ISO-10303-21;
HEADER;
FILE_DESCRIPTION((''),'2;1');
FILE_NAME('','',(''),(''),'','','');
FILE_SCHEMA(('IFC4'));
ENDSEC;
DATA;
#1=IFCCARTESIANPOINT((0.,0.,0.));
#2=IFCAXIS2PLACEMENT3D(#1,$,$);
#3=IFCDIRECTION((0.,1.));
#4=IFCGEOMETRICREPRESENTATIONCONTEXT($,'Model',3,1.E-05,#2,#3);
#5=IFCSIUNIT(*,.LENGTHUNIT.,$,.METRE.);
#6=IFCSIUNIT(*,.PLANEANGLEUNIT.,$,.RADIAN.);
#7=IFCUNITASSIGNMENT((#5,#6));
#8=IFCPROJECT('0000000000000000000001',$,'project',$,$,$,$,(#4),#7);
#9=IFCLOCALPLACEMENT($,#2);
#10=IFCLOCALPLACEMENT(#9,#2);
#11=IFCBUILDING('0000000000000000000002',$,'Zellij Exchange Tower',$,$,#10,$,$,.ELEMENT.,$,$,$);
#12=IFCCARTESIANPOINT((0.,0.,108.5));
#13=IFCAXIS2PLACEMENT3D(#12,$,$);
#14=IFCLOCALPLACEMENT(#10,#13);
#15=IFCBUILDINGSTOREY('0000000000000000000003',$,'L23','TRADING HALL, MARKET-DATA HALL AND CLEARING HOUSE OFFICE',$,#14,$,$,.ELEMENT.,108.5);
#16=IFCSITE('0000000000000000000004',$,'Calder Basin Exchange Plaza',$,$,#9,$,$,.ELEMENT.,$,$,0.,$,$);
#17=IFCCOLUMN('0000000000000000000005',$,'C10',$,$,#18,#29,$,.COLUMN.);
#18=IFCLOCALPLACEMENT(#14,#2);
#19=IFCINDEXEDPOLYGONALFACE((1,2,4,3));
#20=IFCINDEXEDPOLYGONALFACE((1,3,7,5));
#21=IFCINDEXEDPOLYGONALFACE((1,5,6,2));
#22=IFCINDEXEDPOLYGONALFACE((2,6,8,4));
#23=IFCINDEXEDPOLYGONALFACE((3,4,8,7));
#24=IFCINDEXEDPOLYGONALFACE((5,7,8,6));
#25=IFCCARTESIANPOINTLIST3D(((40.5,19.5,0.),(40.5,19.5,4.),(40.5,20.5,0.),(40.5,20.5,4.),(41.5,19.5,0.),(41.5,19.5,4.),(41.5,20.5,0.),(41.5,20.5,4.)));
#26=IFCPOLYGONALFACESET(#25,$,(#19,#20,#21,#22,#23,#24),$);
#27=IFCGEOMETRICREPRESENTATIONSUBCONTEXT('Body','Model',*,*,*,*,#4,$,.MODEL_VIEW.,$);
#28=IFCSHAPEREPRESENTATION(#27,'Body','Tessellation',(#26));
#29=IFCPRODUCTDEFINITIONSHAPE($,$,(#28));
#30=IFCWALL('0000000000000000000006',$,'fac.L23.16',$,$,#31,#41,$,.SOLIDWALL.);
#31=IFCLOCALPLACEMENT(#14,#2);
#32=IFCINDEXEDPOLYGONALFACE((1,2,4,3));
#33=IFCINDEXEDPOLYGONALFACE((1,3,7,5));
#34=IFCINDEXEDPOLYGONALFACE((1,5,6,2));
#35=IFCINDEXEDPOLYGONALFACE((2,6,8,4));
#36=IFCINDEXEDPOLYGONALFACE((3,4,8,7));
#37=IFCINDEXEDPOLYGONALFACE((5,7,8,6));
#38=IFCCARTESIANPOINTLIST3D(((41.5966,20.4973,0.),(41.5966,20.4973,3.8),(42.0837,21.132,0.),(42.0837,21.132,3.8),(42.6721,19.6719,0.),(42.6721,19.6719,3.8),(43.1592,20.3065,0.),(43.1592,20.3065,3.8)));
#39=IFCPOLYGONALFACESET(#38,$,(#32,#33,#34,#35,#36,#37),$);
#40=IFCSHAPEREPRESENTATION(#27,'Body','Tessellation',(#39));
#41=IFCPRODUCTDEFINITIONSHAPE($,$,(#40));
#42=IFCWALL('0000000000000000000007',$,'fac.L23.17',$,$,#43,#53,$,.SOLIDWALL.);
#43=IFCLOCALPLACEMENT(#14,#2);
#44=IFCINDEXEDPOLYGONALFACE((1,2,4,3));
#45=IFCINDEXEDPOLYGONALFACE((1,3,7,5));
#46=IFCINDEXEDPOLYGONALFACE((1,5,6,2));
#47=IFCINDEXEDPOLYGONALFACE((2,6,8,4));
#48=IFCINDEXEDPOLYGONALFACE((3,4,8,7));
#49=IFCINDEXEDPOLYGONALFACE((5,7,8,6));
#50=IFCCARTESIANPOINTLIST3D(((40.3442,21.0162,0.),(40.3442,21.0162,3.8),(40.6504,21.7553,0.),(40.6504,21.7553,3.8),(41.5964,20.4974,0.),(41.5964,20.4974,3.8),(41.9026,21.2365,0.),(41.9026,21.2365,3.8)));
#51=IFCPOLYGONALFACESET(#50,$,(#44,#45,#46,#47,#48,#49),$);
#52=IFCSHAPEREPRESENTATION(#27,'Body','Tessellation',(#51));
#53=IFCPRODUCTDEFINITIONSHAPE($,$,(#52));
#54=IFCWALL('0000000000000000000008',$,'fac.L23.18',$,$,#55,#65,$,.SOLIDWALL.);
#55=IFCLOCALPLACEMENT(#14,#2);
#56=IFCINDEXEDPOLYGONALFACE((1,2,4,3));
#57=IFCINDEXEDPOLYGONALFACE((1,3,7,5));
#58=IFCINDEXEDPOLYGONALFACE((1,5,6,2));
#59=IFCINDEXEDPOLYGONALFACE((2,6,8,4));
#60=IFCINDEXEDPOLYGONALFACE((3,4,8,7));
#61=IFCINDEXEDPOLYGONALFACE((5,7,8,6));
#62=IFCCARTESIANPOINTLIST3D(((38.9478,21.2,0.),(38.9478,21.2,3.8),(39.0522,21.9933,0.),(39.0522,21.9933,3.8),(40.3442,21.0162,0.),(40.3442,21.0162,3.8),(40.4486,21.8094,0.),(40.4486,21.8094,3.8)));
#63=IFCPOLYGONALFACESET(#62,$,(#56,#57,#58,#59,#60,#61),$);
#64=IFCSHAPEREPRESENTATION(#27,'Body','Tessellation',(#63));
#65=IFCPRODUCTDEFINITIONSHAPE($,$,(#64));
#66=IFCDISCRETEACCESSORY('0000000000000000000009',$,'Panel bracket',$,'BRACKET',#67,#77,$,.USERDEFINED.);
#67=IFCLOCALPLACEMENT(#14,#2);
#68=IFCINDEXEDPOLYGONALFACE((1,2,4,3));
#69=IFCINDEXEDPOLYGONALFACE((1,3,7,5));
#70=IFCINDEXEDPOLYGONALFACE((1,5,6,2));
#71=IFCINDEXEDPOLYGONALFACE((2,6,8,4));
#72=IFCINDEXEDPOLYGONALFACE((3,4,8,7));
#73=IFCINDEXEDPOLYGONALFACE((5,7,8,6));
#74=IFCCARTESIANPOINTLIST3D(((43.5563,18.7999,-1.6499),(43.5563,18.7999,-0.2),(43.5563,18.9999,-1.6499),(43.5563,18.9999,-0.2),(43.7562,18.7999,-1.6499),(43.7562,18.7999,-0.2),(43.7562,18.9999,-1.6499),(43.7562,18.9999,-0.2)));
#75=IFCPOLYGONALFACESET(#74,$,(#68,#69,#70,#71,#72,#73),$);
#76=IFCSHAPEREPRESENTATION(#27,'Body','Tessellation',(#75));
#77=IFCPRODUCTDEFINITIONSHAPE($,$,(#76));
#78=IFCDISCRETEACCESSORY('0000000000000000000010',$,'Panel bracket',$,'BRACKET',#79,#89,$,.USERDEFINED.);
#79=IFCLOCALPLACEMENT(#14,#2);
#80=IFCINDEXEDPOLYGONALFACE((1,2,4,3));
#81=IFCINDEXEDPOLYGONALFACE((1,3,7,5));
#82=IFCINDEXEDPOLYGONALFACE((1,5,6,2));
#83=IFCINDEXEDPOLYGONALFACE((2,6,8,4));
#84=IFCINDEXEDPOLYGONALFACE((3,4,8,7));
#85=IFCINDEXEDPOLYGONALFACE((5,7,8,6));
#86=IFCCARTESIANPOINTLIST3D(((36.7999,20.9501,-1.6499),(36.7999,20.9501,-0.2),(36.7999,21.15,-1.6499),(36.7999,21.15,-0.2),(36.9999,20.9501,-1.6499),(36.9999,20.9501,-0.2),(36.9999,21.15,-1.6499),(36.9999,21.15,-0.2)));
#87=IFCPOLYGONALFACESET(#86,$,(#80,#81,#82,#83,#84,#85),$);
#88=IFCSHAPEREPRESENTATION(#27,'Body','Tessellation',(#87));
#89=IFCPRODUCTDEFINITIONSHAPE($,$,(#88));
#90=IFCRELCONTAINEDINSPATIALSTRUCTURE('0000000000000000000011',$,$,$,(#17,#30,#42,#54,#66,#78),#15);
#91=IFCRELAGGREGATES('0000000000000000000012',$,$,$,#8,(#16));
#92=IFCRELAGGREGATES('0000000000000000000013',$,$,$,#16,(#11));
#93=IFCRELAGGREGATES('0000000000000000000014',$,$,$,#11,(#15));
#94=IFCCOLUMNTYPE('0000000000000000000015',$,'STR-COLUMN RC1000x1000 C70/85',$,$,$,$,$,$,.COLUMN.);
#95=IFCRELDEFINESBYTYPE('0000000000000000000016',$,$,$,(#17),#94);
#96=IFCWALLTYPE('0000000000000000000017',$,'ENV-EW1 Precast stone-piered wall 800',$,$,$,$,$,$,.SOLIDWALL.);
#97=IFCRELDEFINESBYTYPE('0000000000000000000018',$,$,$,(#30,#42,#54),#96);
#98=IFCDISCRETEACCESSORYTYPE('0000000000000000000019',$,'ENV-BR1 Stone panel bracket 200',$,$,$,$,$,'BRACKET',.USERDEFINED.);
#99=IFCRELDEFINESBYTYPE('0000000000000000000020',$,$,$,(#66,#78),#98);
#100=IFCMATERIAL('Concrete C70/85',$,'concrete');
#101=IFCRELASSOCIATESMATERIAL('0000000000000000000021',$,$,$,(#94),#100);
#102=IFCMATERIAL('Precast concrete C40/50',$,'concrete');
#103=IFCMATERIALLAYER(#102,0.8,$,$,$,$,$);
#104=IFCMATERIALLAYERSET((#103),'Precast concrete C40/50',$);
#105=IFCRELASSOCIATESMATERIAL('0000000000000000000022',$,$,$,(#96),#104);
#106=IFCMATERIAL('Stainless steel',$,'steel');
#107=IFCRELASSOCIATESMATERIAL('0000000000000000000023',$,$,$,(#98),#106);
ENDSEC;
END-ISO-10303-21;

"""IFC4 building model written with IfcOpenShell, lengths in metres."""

from ifc_helpers import new_model, si_unit, direction, frame, frame_2d, origin, origin_2d, place, context, subcontext, project, spatial, rectangle, extrude, material, layer, layer_set, material_profile, profile_set, type_object, element, save


model = new_model("IFC4")

# Units and contexts
model_context = context("Model", 3, precision=1e-05, world=origin(), true_north=direction((0.0, 1.0)))
body_context = subcontext(model_context, "Body", "Model", "MODEL_VIEW")
ifc_project = project(units=[si_unit("LENGTHUNIT", "METRE"), si_unit("PLANEANGLEUNIT", "RADIAN")], contexts=[model_context])

# Site, building, storey
site_placement = place(None, origin())
site = spatial("IfcSite", under=ifc_project, at=site_placement, Name="Calder Basin Exchange Plaza", CompositionType="ELEMENT", RefElevation=0.0)
building_placement = place(site_placement, origin())
building = spatial("IfcBuilding", under=site, at=building_placement, Name="Zellij Exchange Tower", CompositionType="ELEMENT")
storey_placement = place(building_placement, frame((0.0, 0.0, 108.5)))
storey = spatial("IfcBuildingStorey", under=building, at=storey_placement, Name="L23", Description="TRADING HALL, MARKET-DATA HALL AND CLEARING HOUSE OFFICE", CompositionType="ELEMENT", Elevation=108.5)

# Column
ifc_material_1 = material(Name="Concrete C70/85", Category="concrete")
ifc_material_profile = material_profile(ifc_material_1, rectangle(XDim=1.0, YDim=1.0, at=origin_2d()), Name="STR-COLUMN RC1000x1000 C70/85")
ifc_profile_set = profile_set([ifc_material_profile], Name="Concrete C70/85")
column_type = type_object("IfcColumnType", Name="STR-COLUMN RC1000x1000 C70/85", PredefinedType="COLUMN", material=ifc_profile_set)
column_placement = place(storey_placement, frame((41.0, 20.0, 0.0), z_axis=(0.0, 0.0, 1.0), x_axis=(1.0, 0.0, 0.0)))
element("IfcColumn", 1, at=column_placement, inside=storey, type_object=column_type, Name="C10", PredefinedType="COLUMN", context=body_context, shape_type="SweptSolid", body=[
    extrude(rectangle(XDim=1.0, YDim=1.0, at=origin_2d()), origin(), (0.0, 0.0, 1.0), 4.0),
])

# Walls
ifc_material_2 = material(Name="Precast concrete C40/50", Category="concrete")
ifc_layer = layer(ifc_material_2, 0.8)
ifc_layer_set = layer_set([ifc_layer], Name="Precast concrete C40/50")
wall_type = type_object("IfcWallType", Name="ENV-EW1 Precast stone-piered wall 800", PredefinedType="SOLIDWALL", material=ifc_layer_set)
wall_1_placement = place(storey_placement, frame((42.9155, 19.9893, 0.0), z_axis=(0.0, 0.0, 1.0), x_axis=(-0.793273, 0.608866, 0.0)))
element("IfcWall", 2, at=wall_1_placement, inside=storey, type_object=wall_type, Name="fac.L23.16", PredefinedType="SOLIDWALL", context=body_context, shape_type="SweptSolid", body=[
    extrude(rectangle(XDim=1.3557, YDim=0.8, at=frame_2d((0.6777, 0.0))), origin(), (0.0, 0.0, 1.0), 3.8),
])
wall_2_placement = place(storey_placement, frame((41.7495, 20.8669, 0.0), z_axis=(0.0, 0.0, 1.0), x_axis=(-0.923848, 0.38276, 0.0)))
element("IfcWall", 3, at=wall_2_placement, inside=storey, type_object=wall_type, Name="fac.L23.17", PredefinedType="SOLIDWALL", context=body_context, shape_type="SweptSolid", body=[
    extrude(rectangle(XDim=1.3555, YDim=0.8, at=frame_2d((0.6777, 0.0))), origin(), (0.0, 0.0, 1.0), 3.8),
])
wall_3_placement = place(storey_placement, frame((40.3962, 21.4128, 0.0), z_axis=(0.0, 0.0, 1.0), x_axis=(-0.991446, 0.130517, 0.0)))
element("IfcWall", 4, at=wall_3_placement, inside=storey, type_object=wall_type, Name="fac.L23.18", PredefinedType="SOLIDWALL", context=body_context, shape_type="SweptSolid", body=[
    extrude(rectangle(XDim=1.4084, YDim=0.8, at=frame_2d((0.7041, 0.0))), origin(), (0.0, 0.0, 1.0), 3.8),
])

# Discrete accessories
ifc_material_3 = material(Name="Stainless steel", Category="steel")
discrete_accessory_type = type_object("IfcDiscreteAccessoryType", Name="ENV-BR1 Stone panel bracket 200", ElementType="BRACKET", PredefinedType="USERDEFINED", material=ifc_material_3)
for number, where, z_axis, x_axis, name in (
    (5, (43.6562, 18.8999, -1.6499), (0.0, 0.0, 1.0), (1.0, 0.0, 0.0), "Panel bracket"),
    (6, (36.8999, 21.05, -1.6499), (0.0, 0.0, 1.0), (1.0, 0.0, 0.0), "Panel bracket"),
):
    element("IfcDiscreteAccessory", number, at=place(storey_placement, frame(where, z_axis=z_axis, x_axis=x_axis)), inside=storey, type_object=discrete_accessory_type, Name=name, ObjectType="BRACKET", PredefinedType="USERDEFINED", context=body_context, shape_type="SweptSolid", body=[
        extrude(rectangle(XDim=0.2, YDim=0.2, at=origin_2d()), origin(), (0.0, 0.0, 1.0), 1.45),
    ])

save(model, "model.ifc")
